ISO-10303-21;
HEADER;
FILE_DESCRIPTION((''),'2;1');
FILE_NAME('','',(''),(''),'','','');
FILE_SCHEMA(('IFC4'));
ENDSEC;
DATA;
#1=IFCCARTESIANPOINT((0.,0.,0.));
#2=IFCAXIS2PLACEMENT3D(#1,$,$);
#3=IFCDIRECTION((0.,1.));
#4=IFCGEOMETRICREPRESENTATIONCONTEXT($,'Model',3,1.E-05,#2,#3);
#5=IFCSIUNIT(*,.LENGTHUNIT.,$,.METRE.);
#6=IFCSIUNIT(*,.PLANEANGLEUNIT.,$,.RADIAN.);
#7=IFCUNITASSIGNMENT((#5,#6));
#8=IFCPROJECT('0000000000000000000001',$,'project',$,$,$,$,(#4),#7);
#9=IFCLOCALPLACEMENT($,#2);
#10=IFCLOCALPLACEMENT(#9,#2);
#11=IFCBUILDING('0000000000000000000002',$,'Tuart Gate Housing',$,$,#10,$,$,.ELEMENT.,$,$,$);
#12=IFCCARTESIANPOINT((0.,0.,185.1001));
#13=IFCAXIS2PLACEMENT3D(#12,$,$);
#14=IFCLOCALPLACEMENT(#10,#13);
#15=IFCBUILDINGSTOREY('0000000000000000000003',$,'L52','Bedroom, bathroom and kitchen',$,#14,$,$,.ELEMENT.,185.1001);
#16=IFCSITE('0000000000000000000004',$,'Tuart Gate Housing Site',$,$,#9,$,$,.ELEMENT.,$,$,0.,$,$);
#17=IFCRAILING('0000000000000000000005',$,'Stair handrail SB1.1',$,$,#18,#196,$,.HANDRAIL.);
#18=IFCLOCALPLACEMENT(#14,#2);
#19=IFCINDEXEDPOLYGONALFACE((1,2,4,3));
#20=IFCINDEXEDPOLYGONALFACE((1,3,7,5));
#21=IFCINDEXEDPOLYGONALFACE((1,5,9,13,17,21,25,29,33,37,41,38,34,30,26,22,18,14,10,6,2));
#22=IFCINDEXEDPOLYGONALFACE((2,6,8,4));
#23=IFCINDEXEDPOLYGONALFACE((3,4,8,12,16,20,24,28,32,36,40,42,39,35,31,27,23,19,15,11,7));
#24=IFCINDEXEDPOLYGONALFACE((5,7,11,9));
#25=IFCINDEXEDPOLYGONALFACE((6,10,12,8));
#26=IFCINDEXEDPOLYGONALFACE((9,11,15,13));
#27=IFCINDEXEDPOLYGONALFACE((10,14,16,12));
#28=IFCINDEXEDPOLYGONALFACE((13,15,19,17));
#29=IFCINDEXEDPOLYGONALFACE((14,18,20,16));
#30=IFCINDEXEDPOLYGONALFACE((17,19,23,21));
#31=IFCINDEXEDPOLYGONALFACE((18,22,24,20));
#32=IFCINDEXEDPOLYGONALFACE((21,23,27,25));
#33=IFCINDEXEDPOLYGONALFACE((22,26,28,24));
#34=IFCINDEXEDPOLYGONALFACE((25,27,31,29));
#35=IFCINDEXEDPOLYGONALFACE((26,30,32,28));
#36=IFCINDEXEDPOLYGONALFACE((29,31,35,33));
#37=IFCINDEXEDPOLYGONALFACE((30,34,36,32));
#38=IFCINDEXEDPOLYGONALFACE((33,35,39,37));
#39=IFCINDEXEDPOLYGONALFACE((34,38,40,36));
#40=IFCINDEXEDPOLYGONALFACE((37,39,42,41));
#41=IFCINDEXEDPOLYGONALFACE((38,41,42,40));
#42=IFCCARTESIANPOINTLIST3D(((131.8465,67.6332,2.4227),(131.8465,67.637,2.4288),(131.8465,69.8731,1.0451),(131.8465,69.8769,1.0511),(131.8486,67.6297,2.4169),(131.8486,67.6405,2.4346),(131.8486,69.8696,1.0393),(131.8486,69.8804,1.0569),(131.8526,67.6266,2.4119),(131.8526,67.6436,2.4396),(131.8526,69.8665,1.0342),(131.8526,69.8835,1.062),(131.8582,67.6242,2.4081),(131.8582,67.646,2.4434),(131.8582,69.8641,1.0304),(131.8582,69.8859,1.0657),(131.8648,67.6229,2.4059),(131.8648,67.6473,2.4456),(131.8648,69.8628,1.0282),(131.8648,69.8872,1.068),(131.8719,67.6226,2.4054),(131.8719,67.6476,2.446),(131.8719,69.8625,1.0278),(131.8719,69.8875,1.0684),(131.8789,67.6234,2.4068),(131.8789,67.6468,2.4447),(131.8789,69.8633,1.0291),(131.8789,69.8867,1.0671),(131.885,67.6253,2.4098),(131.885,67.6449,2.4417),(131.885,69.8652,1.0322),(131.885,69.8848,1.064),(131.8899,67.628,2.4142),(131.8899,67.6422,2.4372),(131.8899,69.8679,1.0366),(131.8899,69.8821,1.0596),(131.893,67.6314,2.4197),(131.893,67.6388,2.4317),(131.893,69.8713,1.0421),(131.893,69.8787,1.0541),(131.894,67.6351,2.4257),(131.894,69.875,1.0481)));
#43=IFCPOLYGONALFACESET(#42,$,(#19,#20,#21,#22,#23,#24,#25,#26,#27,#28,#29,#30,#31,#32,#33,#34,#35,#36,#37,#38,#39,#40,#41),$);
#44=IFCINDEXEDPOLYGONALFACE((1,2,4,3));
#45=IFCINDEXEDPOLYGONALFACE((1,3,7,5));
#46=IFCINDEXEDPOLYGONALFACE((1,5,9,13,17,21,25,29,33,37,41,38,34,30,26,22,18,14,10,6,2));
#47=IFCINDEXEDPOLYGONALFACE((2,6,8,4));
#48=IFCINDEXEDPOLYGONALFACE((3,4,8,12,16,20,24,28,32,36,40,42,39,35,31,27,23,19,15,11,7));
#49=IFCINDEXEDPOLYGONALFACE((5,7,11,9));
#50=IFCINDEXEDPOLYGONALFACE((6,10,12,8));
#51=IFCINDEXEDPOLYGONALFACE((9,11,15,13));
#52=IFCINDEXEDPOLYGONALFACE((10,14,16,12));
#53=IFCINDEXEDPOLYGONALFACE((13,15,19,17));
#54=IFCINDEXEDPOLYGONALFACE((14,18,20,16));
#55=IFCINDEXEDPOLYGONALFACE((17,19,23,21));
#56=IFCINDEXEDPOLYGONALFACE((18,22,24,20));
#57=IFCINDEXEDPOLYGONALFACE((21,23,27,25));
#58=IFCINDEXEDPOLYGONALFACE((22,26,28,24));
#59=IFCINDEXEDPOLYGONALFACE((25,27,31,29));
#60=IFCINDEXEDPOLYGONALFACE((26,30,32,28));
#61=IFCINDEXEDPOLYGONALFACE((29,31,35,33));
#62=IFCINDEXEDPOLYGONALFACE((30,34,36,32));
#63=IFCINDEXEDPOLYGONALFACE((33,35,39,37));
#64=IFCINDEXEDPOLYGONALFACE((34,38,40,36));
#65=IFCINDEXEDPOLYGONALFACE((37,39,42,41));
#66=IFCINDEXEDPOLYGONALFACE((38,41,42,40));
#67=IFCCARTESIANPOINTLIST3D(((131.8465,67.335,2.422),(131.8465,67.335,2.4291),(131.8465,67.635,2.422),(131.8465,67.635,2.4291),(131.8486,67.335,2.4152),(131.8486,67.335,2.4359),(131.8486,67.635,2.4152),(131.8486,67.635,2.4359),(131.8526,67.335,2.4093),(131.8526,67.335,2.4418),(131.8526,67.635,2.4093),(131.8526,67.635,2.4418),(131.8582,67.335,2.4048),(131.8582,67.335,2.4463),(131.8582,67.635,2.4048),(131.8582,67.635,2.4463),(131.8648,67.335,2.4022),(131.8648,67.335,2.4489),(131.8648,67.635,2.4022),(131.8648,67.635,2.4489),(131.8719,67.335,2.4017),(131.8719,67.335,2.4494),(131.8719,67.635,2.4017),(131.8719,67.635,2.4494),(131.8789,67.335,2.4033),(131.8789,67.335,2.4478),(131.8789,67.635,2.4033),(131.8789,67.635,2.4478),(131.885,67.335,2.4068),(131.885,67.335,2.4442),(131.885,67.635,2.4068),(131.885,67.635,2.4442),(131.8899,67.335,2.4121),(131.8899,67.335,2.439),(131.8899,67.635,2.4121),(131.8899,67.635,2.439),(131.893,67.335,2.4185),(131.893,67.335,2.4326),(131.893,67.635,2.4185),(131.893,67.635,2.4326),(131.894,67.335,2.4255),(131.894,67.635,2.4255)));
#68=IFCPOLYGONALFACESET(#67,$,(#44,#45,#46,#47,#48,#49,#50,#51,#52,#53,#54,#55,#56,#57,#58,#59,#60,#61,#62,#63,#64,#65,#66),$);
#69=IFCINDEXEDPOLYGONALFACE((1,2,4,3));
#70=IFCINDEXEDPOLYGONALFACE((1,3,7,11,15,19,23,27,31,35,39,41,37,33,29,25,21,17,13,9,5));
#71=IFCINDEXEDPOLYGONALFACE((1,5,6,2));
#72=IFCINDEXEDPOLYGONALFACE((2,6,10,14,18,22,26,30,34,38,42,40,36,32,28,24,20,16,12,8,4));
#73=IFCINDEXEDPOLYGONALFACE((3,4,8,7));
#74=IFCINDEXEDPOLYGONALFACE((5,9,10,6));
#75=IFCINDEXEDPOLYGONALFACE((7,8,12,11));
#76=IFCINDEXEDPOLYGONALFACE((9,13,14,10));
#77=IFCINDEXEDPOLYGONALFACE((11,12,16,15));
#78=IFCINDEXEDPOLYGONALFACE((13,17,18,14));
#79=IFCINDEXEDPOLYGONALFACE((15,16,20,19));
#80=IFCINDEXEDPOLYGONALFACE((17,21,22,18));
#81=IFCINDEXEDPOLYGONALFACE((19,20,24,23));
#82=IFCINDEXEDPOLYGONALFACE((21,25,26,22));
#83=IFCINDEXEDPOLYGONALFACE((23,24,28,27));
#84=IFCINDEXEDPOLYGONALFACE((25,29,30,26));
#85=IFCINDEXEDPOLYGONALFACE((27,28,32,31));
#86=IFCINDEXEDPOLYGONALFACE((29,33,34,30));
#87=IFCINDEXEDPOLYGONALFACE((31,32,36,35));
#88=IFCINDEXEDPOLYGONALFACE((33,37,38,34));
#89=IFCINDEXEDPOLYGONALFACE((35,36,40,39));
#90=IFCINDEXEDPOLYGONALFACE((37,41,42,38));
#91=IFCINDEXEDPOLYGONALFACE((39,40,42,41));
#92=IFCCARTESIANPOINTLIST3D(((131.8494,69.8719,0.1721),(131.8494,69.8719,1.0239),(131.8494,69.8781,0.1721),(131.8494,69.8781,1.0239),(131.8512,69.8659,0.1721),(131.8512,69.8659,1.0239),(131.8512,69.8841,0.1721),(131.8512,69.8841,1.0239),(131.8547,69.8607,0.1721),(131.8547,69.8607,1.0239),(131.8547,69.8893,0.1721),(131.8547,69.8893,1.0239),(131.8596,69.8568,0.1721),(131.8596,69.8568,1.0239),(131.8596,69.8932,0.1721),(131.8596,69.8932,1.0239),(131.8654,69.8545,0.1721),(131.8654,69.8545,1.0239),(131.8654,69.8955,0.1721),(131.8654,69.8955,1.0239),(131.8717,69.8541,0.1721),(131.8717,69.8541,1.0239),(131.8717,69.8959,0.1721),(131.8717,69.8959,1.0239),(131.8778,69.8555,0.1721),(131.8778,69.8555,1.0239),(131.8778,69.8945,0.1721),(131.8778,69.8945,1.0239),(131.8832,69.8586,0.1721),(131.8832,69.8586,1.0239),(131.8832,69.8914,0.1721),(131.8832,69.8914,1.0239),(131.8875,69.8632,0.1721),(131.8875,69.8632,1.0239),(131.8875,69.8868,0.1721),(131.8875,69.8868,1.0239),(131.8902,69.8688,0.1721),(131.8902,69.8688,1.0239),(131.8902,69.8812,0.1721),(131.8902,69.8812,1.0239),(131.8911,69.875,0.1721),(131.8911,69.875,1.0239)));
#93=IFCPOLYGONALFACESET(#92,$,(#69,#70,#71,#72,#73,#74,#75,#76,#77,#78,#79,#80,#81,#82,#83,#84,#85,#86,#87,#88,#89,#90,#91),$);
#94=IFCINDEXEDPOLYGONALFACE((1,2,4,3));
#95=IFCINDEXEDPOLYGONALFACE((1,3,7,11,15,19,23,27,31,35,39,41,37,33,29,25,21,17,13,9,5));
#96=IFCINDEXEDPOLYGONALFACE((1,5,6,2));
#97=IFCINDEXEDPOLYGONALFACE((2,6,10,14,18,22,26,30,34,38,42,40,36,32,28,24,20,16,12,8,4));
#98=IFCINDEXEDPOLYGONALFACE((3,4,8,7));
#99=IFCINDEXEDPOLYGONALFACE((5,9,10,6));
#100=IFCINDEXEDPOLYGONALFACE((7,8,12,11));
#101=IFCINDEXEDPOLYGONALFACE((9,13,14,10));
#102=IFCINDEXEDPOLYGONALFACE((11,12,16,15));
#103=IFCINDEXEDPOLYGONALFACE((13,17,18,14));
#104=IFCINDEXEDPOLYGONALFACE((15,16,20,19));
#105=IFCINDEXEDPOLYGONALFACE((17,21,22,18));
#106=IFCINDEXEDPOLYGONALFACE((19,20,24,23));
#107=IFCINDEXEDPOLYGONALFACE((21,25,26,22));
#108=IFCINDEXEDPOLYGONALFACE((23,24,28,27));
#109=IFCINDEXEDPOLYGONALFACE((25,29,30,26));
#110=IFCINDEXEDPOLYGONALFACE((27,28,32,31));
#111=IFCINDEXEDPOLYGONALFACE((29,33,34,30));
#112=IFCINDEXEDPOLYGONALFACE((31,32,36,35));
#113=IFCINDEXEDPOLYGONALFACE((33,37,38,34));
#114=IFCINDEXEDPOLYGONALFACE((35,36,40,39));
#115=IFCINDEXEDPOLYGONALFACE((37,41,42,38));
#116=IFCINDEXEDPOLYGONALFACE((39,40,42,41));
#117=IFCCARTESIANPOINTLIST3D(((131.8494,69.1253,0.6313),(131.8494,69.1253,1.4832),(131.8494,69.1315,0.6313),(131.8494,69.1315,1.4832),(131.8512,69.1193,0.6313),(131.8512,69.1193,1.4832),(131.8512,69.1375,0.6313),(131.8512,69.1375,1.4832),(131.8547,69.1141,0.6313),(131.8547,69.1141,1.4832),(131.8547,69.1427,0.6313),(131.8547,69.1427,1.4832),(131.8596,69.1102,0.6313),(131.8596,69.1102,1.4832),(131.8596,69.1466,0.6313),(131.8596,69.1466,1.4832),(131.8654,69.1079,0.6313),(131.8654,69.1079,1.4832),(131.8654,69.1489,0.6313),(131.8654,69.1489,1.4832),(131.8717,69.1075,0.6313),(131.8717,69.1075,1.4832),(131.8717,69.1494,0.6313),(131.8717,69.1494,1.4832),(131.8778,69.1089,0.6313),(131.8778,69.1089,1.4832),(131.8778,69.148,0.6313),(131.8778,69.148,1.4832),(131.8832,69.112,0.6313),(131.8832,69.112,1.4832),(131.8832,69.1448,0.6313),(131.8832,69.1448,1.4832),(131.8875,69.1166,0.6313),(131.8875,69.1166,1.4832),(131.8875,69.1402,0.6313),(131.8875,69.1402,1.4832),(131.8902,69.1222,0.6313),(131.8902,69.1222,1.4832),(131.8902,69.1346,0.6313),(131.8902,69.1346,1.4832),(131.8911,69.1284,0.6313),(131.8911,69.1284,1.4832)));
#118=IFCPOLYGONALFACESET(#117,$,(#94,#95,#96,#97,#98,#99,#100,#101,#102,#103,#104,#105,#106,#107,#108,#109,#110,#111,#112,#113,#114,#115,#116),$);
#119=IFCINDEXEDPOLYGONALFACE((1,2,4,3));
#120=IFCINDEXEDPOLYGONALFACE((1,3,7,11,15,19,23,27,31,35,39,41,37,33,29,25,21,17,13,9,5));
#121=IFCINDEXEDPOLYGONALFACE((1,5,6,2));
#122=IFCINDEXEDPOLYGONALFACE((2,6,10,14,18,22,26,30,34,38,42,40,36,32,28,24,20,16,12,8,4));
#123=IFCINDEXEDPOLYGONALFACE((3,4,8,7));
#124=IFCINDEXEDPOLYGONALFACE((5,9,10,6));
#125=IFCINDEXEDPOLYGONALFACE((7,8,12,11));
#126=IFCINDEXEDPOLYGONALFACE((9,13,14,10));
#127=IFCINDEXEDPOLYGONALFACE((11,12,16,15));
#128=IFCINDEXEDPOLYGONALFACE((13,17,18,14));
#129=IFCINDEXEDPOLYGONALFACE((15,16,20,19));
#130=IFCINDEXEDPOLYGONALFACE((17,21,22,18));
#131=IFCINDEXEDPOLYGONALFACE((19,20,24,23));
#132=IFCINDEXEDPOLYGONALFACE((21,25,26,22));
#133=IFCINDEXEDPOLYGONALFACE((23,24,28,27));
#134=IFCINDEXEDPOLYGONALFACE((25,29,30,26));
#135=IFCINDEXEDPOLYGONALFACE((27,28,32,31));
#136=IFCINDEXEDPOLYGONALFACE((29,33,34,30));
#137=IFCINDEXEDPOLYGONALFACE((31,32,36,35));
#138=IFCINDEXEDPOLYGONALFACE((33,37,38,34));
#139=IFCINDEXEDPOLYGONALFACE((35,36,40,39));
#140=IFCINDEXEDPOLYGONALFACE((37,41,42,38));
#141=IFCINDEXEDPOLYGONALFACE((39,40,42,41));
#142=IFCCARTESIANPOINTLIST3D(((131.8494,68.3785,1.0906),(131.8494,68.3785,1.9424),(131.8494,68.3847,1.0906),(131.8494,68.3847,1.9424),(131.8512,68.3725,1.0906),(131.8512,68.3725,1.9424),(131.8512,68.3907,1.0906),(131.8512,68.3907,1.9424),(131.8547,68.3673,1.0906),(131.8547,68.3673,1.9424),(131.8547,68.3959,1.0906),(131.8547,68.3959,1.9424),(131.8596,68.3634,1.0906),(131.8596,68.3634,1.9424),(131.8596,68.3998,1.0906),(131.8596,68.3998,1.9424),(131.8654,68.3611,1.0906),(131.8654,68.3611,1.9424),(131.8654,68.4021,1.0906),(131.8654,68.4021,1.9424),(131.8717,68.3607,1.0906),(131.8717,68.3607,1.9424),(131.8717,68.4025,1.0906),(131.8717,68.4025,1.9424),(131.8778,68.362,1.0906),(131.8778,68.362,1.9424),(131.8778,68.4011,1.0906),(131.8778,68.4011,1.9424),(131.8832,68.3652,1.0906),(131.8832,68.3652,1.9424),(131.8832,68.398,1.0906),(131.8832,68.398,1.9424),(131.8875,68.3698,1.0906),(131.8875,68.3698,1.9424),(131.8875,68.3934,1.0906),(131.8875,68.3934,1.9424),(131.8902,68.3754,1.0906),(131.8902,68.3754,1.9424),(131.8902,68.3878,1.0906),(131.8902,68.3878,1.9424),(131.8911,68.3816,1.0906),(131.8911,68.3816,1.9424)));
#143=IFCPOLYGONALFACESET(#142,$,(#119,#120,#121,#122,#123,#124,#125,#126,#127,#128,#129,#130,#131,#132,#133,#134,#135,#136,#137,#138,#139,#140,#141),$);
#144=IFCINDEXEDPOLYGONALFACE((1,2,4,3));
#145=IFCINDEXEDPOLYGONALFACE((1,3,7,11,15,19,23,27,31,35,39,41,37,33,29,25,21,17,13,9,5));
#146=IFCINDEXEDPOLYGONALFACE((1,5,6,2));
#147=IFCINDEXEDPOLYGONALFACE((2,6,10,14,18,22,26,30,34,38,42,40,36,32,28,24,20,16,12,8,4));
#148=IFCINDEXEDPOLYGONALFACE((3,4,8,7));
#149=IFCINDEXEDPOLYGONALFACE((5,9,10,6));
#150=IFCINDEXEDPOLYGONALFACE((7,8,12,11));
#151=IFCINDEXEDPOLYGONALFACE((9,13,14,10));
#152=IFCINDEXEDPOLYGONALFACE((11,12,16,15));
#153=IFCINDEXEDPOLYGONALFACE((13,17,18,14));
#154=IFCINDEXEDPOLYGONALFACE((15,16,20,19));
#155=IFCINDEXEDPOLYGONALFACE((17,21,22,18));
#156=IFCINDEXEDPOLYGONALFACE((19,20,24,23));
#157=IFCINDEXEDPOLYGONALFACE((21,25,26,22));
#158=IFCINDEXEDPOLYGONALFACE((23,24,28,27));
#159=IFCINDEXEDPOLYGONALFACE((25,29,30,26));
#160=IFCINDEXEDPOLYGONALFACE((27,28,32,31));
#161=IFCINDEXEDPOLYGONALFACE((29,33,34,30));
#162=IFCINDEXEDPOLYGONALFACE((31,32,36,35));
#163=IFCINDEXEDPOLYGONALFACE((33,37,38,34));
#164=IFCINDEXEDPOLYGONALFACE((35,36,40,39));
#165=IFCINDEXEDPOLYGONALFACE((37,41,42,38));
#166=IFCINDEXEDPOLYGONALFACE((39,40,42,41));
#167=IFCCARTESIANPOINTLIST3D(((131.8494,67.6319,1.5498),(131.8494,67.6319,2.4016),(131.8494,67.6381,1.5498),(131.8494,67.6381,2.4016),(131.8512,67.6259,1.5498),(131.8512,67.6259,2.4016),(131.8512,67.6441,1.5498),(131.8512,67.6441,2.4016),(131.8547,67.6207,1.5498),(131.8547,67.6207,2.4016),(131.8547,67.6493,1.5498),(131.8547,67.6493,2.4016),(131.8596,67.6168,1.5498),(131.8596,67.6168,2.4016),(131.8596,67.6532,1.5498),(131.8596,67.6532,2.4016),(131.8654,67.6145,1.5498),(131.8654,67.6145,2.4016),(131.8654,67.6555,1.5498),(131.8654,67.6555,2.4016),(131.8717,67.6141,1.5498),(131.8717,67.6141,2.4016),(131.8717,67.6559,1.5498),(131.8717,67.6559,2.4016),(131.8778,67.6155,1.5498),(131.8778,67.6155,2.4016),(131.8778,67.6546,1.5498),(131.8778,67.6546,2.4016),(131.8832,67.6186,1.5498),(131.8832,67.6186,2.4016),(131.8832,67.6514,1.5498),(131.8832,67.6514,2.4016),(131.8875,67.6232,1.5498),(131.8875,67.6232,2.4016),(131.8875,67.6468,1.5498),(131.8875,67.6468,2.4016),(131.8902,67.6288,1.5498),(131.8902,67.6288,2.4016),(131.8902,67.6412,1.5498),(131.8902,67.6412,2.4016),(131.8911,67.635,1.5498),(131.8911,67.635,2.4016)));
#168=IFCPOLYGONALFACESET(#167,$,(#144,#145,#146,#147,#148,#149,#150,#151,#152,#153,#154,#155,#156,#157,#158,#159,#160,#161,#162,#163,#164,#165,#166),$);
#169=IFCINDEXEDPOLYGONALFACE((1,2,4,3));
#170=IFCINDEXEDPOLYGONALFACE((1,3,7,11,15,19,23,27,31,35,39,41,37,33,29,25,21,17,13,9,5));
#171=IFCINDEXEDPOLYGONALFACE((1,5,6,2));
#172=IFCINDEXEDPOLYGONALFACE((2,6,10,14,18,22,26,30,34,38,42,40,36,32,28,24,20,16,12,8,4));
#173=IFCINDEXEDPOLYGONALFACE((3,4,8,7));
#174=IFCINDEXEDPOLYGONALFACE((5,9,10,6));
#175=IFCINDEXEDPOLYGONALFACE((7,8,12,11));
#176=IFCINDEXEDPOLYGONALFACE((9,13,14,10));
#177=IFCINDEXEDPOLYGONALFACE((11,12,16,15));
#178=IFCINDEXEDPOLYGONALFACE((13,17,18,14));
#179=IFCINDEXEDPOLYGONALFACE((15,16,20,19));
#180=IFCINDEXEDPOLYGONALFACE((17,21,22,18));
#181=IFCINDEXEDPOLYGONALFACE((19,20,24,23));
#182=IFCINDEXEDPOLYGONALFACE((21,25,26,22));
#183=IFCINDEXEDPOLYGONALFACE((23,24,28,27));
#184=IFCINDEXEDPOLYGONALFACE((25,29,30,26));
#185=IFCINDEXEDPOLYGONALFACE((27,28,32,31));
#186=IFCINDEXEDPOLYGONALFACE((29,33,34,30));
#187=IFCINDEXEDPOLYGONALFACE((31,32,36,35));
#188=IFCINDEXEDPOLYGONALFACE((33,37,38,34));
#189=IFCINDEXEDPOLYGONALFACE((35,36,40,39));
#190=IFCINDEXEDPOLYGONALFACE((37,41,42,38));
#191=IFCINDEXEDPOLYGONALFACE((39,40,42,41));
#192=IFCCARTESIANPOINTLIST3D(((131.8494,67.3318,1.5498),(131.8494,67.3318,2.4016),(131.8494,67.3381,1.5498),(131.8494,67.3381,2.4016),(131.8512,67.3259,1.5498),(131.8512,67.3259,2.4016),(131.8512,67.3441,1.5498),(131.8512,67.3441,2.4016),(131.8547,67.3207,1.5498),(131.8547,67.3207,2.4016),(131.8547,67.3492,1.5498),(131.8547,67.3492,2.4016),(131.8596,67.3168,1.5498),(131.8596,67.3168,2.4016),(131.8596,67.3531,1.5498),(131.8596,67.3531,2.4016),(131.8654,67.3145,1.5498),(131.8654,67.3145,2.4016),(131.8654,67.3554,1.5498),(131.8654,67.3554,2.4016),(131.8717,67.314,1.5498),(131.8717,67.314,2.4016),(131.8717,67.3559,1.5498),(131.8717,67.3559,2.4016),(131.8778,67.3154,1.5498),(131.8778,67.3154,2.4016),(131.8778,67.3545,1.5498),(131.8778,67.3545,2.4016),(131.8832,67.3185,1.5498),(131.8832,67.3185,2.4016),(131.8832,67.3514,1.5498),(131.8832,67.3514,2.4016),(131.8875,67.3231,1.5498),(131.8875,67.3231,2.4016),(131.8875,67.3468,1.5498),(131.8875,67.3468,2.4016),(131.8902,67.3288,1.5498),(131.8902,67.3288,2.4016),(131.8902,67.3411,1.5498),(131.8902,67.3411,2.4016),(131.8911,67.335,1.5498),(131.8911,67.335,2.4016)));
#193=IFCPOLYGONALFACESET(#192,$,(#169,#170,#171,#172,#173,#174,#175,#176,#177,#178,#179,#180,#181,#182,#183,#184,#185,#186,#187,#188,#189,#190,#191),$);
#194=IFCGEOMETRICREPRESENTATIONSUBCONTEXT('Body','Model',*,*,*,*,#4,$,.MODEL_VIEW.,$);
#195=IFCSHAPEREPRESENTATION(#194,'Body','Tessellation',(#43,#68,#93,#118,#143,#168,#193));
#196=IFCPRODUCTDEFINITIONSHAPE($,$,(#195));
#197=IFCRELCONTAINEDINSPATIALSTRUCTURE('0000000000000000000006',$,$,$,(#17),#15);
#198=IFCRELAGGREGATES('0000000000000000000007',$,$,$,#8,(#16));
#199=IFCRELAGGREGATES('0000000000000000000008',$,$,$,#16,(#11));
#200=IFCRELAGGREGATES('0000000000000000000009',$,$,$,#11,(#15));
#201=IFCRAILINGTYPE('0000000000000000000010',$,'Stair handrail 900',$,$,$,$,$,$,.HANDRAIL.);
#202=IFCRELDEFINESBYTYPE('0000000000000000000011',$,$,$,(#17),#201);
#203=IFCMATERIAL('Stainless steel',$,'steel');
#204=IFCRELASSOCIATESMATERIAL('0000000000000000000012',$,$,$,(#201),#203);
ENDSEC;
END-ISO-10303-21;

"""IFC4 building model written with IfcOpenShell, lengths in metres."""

from ifc_helpers import new_model, si_unit, direction, frame, origin, origin_2d, place, context, subcontext, project, spatial, circle, extrude, material, type_object, element, save


model = new_model("IFC4")

# Units and contexts
model_context = context("Model", 3, precision=1e-05, world=origin(), true_north=direction((0.0, 1.0)))
body_context = subcontext(model_context, "Body", "Model", "MODEL_VIEW")
ifc_project = project(units=[si_unit("LENGTHUNIT", "METRE"), si_unit("PLANEANGLEUNIT", "RADIAN")], contexts=[model_context])

# Site, building, storey
site_placement = place(None, origin())
site = spatial("IfcSite", under=ifc_project, at=site_placement, Name="Tuart Gate Housing Site", CompositionType="ELEMENT", RefElevation=0.0)
building_placement = place(site_placement, origin())
building = spatial("IfcBuilding", under=site, at=building_placement, Name="Tuart Gate Housing", CompositionType="ELEMENT")
storey_placement = place(building_placement, frame((0.0, 0.0, 185.1001)))
storey = spatial("IfcBuildingStorey", under=building, at=storey_placement, Name="L52", Description="Bedroom, bathroom and kitchen", CompositionType="ELEMENT", Elevation=185.1001)

# Railing
ifc_material_1 = material(Name="Stainless steel", Category="steel")
railing_type = type_object("IfcRailingType", Name="Stair handrail 900", PredefinedType="HANDRAIL", material=ifc_material_1)
railing_placement = place(storey_placement, frame((131.8701, 69.875, 0.1721)))
element("IfcRailing", 1, at=railing_placement, inside=storey, type_object=railing_type, Name="Stair handrail SB1.1", PredefinedType="HANDRAIL", context=body_context, shape_type="SweptSolid", body=[
    extrude(circle(Radius=0.0239, at=origin_2d()), frame((0.0, 0.0, 0.876), z_axis=(0.0, -0.851789, 0.523885), x_axis=(1.0, 0.0, 0.0)), (0.0, 0.0, 1.0), 2.6296),
    extrude(circle(Radius=0.0239, at=origin_2d()), frame((0.0, -2.24, 2.2534), z_axis=(0.0, -1.0, 0.0), x_axis=(1.0, 0.0, 0.0)), (0.0, 0.0, 1.0), 0.3),
    extrude(circle(Radius=0.021, at=origin_2d()), origin(), (0.0, 0.0, 1.0), 0.8518),
    extrude(circle(Radius=0.021, at=origin_2d()), frame((0.0, -0.7466, 0.4592)), (0.0, 0.0, 1.0), 0.8518),
    extrude(circle(Radius=0.021, at=origin_2d()), frame((0.0, -1.4934, 0.9185)), (0.0, 0.0, 1.0), 0.8518),
    extrude(circle(Radius=0.021, at=origin_2d()), frame((0.0, -2.24, 1.3777)), (0.0, 0.0, 1.0), 0.8518),
    extrude(circle(Radius=0.021, at=origin_2d()), frame((0.0, -2.54, 1.3777)), (0.0, 0.0, 1.0), 0.8518),
])

save(model, "model.ifc")
